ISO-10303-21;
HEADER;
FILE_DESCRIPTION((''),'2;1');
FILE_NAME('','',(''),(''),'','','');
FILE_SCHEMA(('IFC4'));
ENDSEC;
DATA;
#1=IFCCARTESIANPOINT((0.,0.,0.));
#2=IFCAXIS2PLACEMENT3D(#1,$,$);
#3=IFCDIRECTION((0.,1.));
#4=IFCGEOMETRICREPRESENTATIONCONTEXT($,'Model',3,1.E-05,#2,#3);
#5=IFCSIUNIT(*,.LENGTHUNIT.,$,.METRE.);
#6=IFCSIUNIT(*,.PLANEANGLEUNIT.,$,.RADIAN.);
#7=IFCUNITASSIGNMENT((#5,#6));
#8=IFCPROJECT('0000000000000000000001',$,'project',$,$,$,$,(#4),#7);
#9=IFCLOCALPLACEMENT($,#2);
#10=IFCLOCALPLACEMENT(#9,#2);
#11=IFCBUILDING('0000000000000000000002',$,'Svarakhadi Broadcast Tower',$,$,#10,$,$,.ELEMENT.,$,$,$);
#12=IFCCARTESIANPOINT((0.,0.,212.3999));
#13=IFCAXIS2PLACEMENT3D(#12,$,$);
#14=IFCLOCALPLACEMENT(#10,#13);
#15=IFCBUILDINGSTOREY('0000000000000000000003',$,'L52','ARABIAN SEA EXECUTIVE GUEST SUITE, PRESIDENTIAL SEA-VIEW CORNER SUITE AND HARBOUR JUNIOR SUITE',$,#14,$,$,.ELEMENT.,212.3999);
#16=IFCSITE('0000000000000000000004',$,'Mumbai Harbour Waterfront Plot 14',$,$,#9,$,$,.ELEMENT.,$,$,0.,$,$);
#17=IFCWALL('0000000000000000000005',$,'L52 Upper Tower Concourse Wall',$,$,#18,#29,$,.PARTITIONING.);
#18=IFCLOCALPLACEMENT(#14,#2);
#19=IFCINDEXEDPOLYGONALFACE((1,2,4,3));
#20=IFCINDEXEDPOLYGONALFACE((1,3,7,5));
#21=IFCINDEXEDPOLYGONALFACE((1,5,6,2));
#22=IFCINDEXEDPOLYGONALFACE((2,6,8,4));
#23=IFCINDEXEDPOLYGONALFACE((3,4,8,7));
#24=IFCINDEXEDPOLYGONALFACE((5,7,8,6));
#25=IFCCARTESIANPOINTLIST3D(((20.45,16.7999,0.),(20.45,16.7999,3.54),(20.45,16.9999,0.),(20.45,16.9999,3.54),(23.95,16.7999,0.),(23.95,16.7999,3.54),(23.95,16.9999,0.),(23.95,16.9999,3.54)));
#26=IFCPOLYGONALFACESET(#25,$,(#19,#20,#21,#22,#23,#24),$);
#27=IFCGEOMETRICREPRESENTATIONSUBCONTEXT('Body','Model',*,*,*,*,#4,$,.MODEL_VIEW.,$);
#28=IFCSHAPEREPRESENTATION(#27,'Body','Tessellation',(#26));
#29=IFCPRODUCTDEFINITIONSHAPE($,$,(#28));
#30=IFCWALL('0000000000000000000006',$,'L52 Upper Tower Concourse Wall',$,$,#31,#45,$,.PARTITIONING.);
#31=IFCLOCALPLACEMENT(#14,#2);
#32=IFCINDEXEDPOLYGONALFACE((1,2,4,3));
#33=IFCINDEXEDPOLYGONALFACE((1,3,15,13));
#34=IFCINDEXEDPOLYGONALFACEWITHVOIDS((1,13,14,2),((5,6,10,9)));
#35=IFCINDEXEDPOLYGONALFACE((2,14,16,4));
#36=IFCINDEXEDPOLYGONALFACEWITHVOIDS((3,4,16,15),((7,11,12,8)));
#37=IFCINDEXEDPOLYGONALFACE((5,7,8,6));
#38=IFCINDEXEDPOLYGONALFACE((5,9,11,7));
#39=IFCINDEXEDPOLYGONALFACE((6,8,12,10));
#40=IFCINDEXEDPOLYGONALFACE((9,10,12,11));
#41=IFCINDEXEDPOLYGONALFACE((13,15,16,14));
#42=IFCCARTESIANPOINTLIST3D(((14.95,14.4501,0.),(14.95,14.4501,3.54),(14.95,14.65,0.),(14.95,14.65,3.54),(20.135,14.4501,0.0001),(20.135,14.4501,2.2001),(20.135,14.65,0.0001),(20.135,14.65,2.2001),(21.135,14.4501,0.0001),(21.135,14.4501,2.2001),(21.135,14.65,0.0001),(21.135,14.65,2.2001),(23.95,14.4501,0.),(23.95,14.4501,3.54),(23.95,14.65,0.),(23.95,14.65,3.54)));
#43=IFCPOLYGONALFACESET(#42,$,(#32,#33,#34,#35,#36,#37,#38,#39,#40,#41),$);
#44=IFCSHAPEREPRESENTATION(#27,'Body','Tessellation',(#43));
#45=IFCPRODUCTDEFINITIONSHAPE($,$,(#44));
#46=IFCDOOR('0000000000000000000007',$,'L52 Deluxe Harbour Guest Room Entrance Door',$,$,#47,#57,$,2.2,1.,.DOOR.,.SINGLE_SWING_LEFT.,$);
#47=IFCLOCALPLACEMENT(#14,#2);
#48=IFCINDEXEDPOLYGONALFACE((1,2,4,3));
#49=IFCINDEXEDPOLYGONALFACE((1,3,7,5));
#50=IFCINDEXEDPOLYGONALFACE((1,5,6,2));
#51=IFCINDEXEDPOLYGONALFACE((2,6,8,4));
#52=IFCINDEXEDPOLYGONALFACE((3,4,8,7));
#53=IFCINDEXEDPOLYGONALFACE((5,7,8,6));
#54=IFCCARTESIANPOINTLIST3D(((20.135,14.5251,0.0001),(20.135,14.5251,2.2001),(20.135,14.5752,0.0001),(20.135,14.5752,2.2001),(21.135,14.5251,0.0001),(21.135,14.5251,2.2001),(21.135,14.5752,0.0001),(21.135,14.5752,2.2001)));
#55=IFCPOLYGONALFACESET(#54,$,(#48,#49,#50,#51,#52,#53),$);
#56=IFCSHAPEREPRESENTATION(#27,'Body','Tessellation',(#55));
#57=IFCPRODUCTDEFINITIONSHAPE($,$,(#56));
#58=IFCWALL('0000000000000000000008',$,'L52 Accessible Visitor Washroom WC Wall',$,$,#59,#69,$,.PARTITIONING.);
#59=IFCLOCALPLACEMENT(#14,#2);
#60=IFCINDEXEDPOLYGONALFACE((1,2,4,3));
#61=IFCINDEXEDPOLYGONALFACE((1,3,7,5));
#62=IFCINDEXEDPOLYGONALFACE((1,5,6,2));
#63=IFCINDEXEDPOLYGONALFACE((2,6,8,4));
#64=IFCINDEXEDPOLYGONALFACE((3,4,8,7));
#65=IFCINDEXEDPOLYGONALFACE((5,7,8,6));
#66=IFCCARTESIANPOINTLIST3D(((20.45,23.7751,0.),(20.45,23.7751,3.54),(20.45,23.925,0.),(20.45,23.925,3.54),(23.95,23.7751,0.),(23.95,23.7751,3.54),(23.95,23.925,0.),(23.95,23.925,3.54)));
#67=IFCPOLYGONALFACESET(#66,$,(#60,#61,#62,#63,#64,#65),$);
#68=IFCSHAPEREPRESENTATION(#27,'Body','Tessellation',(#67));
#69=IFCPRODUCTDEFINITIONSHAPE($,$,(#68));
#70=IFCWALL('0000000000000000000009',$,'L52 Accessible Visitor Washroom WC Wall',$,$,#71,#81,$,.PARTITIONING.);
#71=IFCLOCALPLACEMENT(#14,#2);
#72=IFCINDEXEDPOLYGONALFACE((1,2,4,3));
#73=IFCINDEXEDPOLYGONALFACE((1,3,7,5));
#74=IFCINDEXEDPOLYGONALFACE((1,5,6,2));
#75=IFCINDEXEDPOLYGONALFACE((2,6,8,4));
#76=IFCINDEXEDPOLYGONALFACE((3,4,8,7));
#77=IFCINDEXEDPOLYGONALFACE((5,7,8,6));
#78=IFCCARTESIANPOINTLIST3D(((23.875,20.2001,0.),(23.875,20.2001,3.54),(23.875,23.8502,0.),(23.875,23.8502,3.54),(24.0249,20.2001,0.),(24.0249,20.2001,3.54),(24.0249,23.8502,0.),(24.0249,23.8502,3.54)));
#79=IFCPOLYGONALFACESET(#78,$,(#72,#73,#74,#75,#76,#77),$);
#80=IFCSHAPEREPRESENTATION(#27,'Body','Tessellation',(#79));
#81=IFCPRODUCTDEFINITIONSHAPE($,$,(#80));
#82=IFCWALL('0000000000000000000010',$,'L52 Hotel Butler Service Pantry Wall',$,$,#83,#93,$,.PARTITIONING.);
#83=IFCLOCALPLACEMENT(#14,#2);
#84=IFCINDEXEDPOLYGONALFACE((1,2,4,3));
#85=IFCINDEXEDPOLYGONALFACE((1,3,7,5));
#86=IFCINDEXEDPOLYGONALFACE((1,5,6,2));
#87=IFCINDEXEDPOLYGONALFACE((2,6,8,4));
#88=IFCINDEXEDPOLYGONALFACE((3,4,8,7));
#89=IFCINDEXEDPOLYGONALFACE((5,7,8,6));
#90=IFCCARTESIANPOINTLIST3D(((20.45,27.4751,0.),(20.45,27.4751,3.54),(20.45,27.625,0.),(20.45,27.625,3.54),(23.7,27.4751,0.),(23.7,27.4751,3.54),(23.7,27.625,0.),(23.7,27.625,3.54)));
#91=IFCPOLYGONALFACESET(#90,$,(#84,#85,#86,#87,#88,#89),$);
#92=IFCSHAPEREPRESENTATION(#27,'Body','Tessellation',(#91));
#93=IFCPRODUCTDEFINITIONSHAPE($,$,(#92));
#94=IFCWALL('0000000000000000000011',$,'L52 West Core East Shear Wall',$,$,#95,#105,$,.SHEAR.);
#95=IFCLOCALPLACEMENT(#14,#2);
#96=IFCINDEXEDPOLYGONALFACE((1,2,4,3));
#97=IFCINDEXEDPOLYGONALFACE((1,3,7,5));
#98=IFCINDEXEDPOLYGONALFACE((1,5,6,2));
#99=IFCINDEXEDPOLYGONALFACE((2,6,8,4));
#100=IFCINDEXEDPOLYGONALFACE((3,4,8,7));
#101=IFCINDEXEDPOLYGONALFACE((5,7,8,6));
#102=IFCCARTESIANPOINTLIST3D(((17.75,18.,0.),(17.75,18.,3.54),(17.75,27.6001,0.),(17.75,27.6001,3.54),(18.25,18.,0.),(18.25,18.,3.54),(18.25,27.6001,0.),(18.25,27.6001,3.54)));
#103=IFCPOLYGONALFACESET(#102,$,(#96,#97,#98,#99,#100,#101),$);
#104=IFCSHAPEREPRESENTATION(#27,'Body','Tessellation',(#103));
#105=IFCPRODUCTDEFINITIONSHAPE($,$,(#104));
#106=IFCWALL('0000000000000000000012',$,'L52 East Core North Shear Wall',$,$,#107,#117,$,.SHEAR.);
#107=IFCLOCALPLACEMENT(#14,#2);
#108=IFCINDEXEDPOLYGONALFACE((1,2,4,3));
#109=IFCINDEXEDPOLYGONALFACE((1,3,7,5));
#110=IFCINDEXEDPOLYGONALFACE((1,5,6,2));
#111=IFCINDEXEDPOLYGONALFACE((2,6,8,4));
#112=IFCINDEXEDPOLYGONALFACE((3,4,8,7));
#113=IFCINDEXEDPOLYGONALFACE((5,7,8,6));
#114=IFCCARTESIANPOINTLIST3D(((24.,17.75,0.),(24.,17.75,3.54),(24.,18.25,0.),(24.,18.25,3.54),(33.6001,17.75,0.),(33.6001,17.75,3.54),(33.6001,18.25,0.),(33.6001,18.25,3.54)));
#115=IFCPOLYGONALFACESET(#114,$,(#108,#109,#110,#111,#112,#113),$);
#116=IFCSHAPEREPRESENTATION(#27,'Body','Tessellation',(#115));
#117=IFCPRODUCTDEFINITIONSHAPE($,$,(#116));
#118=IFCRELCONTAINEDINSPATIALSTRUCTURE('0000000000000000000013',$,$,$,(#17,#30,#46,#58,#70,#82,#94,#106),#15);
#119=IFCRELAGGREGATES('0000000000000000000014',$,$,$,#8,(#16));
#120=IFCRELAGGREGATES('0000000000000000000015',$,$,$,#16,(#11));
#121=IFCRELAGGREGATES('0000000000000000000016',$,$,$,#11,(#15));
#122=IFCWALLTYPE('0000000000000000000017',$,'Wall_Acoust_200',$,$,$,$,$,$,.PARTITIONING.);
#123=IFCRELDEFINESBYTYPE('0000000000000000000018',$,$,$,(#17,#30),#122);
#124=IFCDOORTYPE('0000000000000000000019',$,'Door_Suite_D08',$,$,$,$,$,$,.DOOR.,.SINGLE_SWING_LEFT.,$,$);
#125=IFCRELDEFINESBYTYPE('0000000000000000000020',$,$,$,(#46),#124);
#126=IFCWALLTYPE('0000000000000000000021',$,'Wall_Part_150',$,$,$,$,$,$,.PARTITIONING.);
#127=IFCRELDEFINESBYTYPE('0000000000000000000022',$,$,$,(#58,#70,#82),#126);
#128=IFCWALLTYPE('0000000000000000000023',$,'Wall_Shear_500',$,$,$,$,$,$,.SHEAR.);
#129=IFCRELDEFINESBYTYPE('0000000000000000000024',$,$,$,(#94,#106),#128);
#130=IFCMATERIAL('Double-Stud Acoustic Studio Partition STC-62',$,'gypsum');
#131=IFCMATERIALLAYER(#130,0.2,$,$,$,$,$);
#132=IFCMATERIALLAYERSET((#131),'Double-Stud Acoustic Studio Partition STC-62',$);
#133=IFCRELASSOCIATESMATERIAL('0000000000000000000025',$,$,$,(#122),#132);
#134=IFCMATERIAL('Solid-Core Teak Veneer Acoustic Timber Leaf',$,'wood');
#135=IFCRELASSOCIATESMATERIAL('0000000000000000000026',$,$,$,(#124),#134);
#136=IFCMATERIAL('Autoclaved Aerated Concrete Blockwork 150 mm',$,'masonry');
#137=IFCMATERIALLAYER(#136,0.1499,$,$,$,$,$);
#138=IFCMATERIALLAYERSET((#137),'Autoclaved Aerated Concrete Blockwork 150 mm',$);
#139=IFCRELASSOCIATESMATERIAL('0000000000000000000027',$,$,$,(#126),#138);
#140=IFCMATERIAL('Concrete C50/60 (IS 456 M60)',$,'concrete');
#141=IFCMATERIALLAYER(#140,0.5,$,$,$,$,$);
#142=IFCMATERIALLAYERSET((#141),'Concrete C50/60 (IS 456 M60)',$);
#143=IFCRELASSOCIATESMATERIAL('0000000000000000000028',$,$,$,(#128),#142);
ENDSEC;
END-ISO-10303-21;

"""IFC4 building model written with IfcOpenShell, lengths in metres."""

from ifc_helpers import new_model, si_unit, direction, frame, frame_2d, origin, place, context, subcontext, project, spatial, rectangle, extrude, material, layer, layer_set, type_object, element, fill, save


model = new_model("IFC4")

# Units and contexts
model_context = context("Model", 3, precision=1e-05, world=origin(), true_north=direction((0.0, 1.0)))
body_context = subcontext(model_context, "Body", "Model", "MODEL_VIEW")
ifc_project = project(units=[si_unit("LENGTHUNIT", "METRE"), si_unit("PLANEANGLEUNIT", "RADIAN")], contexts=[model_context])

# Site, building, storey
site_placement = place(None, origin())
site = spatial("IfcSite", under=ifc_project, at=site_placement, Name="Mumbai Harbour Waterfront Plot 14", CompositionType="ELEMENT", RefElevation=0.0)
building_placement = place(site_placement, origin())
building = spatial("IfcBuilding", under=site, at=building_placement, Name="Svarakhadi Broadcast Tower", CompositionType="ELEMENT")
storey_placement = place(building_placement, frame((0.0, 0.0, 212.3999)))
storey = spatial("IfcBuildingStorey", under=building, at=storey_placement, Name="L52", Description="ARABIAN SEA EXECUTIVE GUEST SUITE, PRESIDENTIAL SEA-VIEW CORNER SUITE AND HARBOUR JUNIOR SUITE", CompositionType="ELEMENT", Elevation=212.3999)

# Shared definitions
ifc_material_1 = material(Name="Concrete C50/60 (IS 456 M60)", Category="concrete")

# Shared definitions
ifc_material_2 = material(Name="Double-Stud Acoustic Studio Partition STC-62", Category="gypsum")
ifc_layer_1 = layer(ifc_material_2, 0.2)
ifc_layer_set_1 = layer_set([ifc_layer_1], Name="Double-Stud Acoustic Studio Partition STC-62")
wall_type_1 = type_object("IfcWallType", Name="Wall_Acoust_200", PredefinedType="PARTITIONING", material=ifc_layer_set_1)

# Shared definitions
ifc_material_3 = material(Name="Solid-Core Teak Veneer Acoustic Timber Leaf", Category="wood")

# Wall
wall_1_placement = place(storey_placement, frame((20.45, 16.8999, 0.0), z_axis=(0.0, 0.0, 1.0), x_axis=(1.0, 0.0, 0.0)))
element("IfcWall", 1, at=wall_1_placement, inside=storey, type_object=wall_type_1, Name="L52 Upper Tower Concourse Wall", PredefinedType="PARTITIONING", context=body_context, shape_type="SweptSolid", body=[
    extrude(rectangle(XDim=3.5, YDim=0.2, at=frame_2d((1.75, 0.0))), origin(), (0.0, 0.0, 1.0), 3.54),
])

# Wall, opening, door
wall_2_placement = place(storey_placement, frame((23.95, 14.55, 0.0), z_axis=(0.0, 0.0, 1.0), x_axis=(-1.0, 0.0, 0.0)))
wall_2 = element("IfcWall", 2, at=wall_2_placement, inside=storey, type_object=wall_type_1, Name="L52 Upper Tower Concourse Wall", PredefinedType="PARTITIONING", context=body_context, shape_type="SweptSolid", body=[
    extrude(rectangle(XDim=9.0, YDim=0.2, at=frame_2d((4.5, 0.0))), origin(), (0.0, 0.0, 1.0), 3.54),
])
opening_1_placement = place(wall_2_placement, frame((2.8149, 0.0, 0.0)))
opening_1 = element("IfcOpeningElement", 3, at=opening_1_placement, cuts=wall_2, PredefinedType="OPENING", context=body_context, shape_type="SweptSolid", body=[
    extrude(rectangle(XDim=1.0, YDim=2.2, at=frame_2d((0.5, 1.1001))), frame((0.0, 0.1099, 0.0), z_axis=(0.0, -1.0, 0.0), x_axis=(1.0, 0.0, 0.0)), (0.0, 0.0, 1.0), 0.22),
])
door_type_1 = type_object("IfcDoorType", Name="Door_Suite_D08", OperationType="SINGLE_SWING_LEFT", PredefinedType="DOOR", material=ifc_material_3)
door_1_placement = place(opening_1_placement, origin())
door_1 = element("IfcDoor", 4, at=door_1_placement, inside=storey, type_object=door_type_1, Name="L52 Deluxe Harbour Guest Room Entrance Door", OperationType="SINGLE_SWING_LEFT", OverallHeight=2.2, OverallWidth=1.0, PredefinedType="DOOR", context=body_context, shape_type="SweptSolid", body=[
    extrude(rectangle(XDim=1.0, YDim=2.2, at=frame_2d((0.5, 1.1001))), frame((0.0, 0.0249, 0.0), z_axis=(0.0, -1.0, 0.0), x_axis=(1.0, 0.0, 0.0)), (0.0, 0.0, 1.0), 0.05),
])
fill(opening_1, door_1)

# Walls
ifc_material_4 = material(Name="Autoclaved Aerated Concrete Blockwork 150 mm", Category="masonry")
ifc_layer_2 = layer(ifc_material_4, 0.1499)
ifc_layer_set_2 = layer_set([ifc_layer_2], Name="Autoclaved Aerated Concrete Blockwork 150 mm")
wall_type_2 = type_object("IfcWallType", Name="Wall_Part_150", PredefinedType="PARTITIONING", material=ifc_layer_set_2)
wall_3_placement = place(storey_placement, frame((20.45, 23.8501, 0.0), z_axis=(0.0, 0.0, 1.0), x_axis=(1.0, 0.0, 0.0)))
element("IfcWall", 5, at=wall_3_placement, inside=storey, type_object=wall_type_2, Name="L52 Accessible Visitor Washroom WC Wall", PredefinedType="PARTITIONING", context=body_context, shape_type="SweptSolid", body=[
    extrude(rectangle(XDim=3.5, YDim=0.1499, at=frame_2d((1.75, 0.0))), origin(), (0.0, 0.0, 1.0), 3.54),
])
wall_4_placement = place(storey_placement, frame((23.95, 20.2, 0.0), z_axis=(0.0, 0.0, 1.0), x_axis=(0.0, 1.0, 0.0)))
element("IfcWall", 6, at=wall_4_placement, inside=storey, type_object=wall_type_2, Name="L52 Accessible Visitor Washroom WC Wall", PredefinedType="PARTITIONING", context=body_context, shape_type="SweptSolid", body=[
    extrude(rectangle(XDim=3.6501, YDim=0.1499, at=frame_2d((1.8252, 0.0))), origin(), (0.0, 0.0, 1.0), 3.54),
])
wall_5_placement = place(storey_placement, frame((20.45, 27.55, 0.0), z_axis=(0.0, 0.0, 1.0), x_axis=(1.0, 0.0, 0.0)))
element("IfcWall", 7, at=wall_5_placement, inside=storey, type_object=wall_type_2, Name="L52 Hotel Butler Service Pantry Wall", PredefinedType="PARTITIONING", context=body_context, shape_type="SweptSolid", body=[
    extrude(rectangle(XDim=3.25, YDim=0.1499, at=frame_2d((1.625, 0.0))), origin(), (0.0, 0.0, 1.0), 3.54),
])
ifc_layer_3 = layer(ifc_material_1, 0.5)
ifc_layer_set_3 = layer_set([ifc_layer_3], Name="Concrete C50/60 (IS 456 M60)")
wall_type_3 = type_object("IfcWallType", Name="Wall_Shear_500", PredefinedType="SHEAR", material=ifc_layer_set_3)
for number, where, z_axis, x_axis, name in (
    (8, (18.0, 18.0, 0.0), (0.0, 0.0, 1.0), (0.0, 1.0, 0.0), "L52 West Core East Shear Wall"),
    (9, (24.0, 18.0, 0.0), (0.0, 0.0, 1.0), (1.0, 0.0, 0.0), "L52 East Core North Shear Wall"),
):
    element("IfcWall", number, at=place(storey_placement, frame(where, z_axis=z_axis, x_axis=x_axis)), inside=storey, type_object=wall_type_3, Name=name, PredefinedType="SHEAR", context=body_context, shape_type="SweptSolid", body=[
        extrude(rectangle(XDim=9.6001, YDim=0.5, at=frame_2d((4.8, 0.0))), origin(), (0.0, 0.0, 1.0), 3.54),
    ])

save(model, "model.ifc")
